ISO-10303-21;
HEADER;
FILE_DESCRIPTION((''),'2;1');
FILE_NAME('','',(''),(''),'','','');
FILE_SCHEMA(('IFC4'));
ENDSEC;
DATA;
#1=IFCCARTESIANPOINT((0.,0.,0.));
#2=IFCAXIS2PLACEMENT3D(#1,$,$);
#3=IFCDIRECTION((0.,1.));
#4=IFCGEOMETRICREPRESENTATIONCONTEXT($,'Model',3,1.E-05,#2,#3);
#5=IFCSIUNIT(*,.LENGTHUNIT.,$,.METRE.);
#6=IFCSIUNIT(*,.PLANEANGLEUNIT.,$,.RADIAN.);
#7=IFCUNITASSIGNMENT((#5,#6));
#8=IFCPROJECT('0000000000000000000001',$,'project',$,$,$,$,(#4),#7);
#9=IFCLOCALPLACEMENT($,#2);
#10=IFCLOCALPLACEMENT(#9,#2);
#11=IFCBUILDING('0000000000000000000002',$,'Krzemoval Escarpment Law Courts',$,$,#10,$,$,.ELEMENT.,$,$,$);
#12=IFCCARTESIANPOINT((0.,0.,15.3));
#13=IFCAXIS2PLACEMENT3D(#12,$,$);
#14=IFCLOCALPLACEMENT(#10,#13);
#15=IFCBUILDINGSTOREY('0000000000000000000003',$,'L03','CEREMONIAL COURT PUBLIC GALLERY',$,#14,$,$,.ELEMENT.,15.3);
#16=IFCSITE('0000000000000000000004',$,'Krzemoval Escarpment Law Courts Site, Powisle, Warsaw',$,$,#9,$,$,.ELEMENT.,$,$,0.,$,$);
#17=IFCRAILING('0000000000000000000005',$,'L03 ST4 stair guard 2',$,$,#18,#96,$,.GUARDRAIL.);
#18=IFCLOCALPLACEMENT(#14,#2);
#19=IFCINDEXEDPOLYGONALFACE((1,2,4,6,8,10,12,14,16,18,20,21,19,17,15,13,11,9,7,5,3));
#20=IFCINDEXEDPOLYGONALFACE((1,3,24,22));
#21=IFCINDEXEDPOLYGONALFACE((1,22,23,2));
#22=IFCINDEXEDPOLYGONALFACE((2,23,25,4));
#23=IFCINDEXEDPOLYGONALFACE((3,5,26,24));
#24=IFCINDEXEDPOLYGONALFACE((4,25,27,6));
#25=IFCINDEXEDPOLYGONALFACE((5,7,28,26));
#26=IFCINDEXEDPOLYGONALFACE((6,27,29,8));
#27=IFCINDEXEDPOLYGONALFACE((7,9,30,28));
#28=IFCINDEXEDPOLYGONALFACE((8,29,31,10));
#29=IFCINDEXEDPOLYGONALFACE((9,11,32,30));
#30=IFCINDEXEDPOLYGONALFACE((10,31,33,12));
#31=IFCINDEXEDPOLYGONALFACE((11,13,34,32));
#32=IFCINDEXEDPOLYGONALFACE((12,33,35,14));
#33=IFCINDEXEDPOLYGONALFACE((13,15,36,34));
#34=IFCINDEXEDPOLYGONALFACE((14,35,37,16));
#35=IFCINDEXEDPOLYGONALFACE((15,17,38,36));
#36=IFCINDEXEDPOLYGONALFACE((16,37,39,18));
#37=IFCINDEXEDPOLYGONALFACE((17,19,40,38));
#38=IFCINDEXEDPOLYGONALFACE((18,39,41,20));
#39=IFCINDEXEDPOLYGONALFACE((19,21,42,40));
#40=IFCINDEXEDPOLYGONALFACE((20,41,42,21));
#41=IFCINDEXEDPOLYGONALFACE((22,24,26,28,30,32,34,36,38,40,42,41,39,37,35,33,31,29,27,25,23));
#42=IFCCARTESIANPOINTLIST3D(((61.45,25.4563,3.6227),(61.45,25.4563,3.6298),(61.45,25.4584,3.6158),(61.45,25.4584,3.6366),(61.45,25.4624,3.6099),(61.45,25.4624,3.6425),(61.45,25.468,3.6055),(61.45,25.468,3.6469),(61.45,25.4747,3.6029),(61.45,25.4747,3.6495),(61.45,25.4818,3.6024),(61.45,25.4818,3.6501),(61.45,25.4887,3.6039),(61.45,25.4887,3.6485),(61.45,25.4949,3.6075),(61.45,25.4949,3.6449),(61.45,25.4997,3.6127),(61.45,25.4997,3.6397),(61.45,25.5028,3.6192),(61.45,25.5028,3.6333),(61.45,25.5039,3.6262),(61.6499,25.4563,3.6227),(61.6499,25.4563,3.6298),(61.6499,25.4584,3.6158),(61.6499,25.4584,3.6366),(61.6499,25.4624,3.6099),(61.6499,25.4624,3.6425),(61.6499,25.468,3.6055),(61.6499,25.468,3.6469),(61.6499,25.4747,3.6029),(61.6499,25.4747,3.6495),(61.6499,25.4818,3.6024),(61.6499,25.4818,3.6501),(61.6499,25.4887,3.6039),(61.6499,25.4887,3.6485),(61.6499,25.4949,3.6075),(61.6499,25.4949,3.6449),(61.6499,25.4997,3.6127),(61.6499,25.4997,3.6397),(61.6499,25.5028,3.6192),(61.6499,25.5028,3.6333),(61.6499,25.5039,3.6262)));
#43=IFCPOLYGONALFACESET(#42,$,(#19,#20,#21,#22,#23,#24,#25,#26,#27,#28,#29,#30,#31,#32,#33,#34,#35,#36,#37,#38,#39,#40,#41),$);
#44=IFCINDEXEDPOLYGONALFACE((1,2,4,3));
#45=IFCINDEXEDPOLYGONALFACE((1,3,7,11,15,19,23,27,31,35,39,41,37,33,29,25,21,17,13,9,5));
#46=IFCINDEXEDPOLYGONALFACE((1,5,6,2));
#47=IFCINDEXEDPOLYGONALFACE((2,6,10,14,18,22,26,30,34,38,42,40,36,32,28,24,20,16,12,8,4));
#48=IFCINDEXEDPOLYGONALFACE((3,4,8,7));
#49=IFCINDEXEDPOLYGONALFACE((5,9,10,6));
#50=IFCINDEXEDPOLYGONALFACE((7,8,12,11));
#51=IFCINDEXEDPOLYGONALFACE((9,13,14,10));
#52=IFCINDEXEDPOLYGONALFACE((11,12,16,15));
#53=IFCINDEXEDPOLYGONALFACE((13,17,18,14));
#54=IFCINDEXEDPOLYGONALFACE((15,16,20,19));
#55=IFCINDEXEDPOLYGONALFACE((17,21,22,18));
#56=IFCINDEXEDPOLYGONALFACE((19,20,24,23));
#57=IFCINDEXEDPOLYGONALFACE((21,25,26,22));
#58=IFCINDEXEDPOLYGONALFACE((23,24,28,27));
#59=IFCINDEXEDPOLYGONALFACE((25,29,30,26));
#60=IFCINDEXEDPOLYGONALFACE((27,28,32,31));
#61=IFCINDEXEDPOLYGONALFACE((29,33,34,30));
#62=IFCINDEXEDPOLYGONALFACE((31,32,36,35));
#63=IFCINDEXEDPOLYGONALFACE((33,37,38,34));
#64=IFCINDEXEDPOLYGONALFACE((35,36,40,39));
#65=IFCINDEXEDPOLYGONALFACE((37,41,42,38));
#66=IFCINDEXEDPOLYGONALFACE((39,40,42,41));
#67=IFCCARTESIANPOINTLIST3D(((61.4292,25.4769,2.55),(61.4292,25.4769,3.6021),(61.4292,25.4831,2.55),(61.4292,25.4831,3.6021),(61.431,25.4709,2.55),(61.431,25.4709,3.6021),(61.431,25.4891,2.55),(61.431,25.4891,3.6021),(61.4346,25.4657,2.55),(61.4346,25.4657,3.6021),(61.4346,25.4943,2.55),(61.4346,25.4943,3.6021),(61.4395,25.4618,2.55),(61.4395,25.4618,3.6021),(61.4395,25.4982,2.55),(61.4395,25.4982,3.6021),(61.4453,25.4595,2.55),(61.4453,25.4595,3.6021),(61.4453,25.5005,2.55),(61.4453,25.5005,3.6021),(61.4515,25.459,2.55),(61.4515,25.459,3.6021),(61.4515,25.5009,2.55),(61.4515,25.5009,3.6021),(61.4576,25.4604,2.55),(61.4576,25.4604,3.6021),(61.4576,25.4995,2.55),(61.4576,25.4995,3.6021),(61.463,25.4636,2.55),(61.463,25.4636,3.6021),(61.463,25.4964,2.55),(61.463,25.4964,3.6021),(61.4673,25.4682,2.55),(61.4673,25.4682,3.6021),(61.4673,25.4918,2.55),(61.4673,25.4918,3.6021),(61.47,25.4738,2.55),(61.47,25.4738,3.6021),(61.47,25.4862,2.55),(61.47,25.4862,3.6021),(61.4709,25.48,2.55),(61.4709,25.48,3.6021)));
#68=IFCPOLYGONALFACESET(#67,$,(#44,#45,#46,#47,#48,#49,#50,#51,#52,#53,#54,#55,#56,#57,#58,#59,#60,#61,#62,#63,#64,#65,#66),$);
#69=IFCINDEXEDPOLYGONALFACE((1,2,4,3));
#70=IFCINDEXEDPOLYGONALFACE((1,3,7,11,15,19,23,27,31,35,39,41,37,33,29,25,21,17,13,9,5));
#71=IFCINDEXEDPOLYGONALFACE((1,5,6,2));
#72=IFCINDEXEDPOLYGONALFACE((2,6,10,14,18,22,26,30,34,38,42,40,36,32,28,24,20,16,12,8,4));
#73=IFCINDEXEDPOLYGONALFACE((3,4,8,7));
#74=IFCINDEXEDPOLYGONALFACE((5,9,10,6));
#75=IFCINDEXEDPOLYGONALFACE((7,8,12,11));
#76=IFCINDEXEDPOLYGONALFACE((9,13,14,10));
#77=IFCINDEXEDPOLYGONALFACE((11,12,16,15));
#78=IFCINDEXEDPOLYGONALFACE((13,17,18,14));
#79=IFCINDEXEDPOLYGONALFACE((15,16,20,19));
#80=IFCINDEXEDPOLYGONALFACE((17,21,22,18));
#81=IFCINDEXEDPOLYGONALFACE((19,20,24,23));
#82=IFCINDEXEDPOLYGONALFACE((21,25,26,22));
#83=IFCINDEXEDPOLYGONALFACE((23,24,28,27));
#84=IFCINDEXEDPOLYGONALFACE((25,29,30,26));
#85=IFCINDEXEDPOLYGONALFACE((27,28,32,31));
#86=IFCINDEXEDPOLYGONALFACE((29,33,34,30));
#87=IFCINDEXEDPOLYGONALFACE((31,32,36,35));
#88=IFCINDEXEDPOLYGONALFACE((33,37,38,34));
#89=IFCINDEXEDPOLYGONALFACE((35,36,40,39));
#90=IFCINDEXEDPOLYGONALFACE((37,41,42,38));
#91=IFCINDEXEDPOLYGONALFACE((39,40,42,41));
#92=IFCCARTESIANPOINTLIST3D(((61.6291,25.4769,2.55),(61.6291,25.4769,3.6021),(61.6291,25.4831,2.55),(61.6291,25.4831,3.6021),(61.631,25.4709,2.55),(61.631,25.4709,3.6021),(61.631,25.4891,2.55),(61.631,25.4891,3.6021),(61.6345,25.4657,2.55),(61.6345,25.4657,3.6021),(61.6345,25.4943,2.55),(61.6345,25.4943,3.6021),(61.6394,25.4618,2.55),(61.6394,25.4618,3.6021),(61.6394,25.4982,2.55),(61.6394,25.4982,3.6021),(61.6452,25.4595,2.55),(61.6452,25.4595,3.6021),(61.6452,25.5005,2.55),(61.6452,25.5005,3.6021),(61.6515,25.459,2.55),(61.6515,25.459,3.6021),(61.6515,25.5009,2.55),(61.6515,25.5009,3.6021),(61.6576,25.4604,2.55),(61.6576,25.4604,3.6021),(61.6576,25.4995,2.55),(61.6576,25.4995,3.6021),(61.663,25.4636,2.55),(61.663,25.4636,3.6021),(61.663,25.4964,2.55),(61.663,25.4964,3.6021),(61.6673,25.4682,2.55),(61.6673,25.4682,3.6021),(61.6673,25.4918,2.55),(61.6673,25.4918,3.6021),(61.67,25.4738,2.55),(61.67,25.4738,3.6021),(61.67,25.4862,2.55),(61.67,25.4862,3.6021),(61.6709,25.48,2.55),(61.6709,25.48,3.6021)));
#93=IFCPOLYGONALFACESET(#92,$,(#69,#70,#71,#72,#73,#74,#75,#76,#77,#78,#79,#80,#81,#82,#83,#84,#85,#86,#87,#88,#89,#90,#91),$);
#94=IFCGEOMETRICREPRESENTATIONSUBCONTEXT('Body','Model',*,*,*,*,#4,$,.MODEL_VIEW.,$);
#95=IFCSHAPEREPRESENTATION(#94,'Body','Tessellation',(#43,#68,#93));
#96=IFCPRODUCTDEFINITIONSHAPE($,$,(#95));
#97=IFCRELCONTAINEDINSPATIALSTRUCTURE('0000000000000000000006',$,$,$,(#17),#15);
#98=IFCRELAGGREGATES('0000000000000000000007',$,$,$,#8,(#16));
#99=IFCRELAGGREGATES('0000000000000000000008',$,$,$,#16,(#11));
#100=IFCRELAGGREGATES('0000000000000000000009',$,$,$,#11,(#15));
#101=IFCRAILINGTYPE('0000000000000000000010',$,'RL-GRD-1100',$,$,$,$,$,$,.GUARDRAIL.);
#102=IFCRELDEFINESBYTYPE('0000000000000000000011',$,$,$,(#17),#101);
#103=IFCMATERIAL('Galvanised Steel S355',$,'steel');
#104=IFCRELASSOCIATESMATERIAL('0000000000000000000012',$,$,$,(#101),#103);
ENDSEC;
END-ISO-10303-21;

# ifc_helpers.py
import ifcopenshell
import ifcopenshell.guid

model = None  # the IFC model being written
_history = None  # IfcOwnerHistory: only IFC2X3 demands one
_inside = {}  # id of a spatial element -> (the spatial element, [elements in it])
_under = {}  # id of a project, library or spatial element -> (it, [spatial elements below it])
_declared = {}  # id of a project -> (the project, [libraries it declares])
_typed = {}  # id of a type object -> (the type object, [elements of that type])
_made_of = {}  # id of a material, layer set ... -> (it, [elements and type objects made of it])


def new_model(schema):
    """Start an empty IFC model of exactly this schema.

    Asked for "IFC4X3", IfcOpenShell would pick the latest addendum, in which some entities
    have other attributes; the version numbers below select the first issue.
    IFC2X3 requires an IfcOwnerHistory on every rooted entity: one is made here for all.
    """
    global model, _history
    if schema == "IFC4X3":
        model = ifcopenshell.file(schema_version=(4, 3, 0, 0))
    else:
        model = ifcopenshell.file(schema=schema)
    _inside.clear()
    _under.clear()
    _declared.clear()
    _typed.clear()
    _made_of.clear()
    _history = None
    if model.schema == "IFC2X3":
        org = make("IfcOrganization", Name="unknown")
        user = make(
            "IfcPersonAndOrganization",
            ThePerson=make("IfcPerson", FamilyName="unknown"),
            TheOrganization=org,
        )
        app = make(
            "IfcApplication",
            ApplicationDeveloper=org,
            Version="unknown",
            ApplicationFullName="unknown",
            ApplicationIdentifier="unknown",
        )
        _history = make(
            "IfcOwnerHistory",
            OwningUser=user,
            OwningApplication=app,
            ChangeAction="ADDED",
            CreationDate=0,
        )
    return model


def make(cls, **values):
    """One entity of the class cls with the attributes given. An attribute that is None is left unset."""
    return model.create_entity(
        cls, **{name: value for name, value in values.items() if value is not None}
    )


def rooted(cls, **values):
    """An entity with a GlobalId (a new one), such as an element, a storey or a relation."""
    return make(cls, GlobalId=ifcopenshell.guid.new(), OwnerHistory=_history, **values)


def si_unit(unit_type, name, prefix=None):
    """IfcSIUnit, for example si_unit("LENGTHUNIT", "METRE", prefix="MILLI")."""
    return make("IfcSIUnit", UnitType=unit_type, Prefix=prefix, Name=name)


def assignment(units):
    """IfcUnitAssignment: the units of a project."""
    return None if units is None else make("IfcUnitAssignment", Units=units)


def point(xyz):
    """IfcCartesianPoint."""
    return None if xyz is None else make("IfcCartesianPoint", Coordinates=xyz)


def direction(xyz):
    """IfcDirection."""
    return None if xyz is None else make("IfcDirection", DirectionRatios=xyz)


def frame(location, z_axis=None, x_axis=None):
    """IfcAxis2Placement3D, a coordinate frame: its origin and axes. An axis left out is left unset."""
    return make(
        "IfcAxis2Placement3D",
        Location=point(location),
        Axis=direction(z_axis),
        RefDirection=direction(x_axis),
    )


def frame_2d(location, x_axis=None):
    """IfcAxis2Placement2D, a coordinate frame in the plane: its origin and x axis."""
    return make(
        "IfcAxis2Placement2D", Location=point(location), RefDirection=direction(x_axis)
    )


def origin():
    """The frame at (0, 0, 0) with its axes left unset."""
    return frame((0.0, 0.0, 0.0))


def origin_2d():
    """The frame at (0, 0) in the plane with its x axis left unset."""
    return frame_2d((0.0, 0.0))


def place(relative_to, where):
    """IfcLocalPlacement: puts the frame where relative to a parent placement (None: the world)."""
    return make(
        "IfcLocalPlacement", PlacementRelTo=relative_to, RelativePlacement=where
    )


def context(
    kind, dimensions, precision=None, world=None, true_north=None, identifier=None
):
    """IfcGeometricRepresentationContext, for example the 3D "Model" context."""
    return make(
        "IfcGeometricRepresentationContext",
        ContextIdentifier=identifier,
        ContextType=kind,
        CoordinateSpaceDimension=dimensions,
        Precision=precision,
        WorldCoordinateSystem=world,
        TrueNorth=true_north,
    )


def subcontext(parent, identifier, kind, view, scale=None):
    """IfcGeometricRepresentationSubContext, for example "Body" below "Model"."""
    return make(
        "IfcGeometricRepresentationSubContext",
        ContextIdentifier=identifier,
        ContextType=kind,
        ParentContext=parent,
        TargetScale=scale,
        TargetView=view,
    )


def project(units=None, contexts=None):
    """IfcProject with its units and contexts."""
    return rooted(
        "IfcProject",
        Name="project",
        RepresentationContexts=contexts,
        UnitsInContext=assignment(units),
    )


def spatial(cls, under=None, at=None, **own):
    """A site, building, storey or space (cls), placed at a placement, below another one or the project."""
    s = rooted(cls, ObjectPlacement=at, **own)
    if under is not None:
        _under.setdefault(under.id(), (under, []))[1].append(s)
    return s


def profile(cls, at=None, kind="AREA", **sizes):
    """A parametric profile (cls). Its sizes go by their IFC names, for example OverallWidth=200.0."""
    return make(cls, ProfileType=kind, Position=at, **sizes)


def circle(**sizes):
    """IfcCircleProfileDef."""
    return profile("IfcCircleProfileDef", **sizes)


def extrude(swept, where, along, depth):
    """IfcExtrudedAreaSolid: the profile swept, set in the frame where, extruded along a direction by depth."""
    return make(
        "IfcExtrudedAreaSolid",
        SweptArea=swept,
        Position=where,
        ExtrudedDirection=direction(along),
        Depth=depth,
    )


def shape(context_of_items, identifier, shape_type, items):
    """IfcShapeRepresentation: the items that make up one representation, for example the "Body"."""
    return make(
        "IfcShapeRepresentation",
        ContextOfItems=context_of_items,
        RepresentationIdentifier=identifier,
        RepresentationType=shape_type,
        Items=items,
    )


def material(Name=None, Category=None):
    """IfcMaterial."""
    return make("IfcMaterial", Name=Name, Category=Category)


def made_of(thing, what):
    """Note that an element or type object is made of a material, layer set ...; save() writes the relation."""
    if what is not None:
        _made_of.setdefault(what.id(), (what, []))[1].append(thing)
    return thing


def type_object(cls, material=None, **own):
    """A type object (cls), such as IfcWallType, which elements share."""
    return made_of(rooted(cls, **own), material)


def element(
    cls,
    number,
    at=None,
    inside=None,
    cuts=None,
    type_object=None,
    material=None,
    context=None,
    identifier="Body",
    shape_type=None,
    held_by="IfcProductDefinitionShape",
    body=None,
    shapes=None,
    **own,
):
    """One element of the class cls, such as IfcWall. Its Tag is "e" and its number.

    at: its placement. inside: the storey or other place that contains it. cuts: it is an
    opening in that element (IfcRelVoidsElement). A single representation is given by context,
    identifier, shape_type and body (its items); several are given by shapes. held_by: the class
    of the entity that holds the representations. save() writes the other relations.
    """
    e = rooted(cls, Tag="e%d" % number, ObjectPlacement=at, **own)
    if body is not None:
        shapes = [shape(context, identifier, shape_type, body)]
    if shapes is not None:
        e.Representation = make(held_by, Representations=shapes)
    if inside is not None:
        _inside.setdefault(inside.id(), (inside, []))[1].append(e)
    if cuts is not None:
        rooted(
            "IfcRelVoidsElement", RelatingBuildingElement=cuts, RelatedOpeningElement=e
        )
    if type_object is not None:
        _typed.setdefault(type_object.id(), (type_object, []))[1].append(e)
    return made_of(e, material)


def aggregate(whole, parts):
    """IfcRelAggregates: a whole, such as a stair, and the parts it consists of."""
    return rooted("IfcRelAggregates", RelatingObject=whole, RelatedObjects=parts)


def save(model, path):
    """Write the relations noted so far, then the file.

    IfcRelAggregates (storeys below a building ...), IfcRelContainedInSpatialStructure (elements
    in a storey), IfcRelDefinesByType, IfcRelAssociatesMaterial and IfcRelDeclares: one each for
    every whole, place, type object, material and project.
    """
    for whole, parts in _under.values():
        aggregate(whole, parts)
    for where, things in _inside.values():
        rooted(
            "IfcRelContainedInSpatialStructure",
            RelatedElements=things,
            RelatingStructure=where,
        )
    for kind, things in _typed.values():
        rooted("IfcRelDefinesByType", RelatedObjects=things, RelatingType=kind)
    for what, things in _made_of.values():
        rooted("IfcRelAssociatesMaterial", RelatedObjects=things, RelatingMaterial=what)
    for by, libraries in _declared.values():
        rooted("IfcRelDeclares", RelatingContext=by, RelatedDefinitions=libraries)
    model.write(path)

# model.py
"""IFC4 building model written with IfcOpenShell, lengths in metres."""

from ifc_helpers import new_model, si_unit, direction, frame, origin, origin_2d, place, context, subcontext, project, spatial, circle, extrude, material, type_object, element, save


model = new_model("IFC4")

# Units and contexts
model_context = context("Model", 3, precision=1e-05, world=origin(), true_north=direction((0.0, 1.0)))
body_context = subcontext(model_context, "Body", "Model", "MODEL_VIEW")
ifc_project = project(units=[si_unit("LENGTHUNIT", "METRE"), si_unit("PLANEANGLEUNIT", "RADIAN")], contexts=[model_context])

# Site, building, storey
site_placement = place(None, origin())
site = spatial("IfcSite", under=ifc_project, at=site_placement, Name="Krzemoval Escarpment Law Courts Site, Powisle, Warsaw", CompositionType="ELEMENT", RefElevation=0.0)
building_placement = place(site_placement, origin())
building = spatial("IfcBuilding", under=site, at=building_placement, Name="Krzemoval Escarpment Law Courts", CompositionType="ELEMENT")
storey_placement = place(building_placement, frame((0.0, 0.0, 15.3)))
storey = spatial("IfcBuildingStorey", under=building, at=storey_placement, Name="L03", Description="CEREMONIAL COURT PUBLIC GALLERY", CompositionType="ELEMENT", Elevation=15.3)

# Railing
ifc_material_1 = material(Name="Galvanised Steel S355", Category="steel")
railing_type = type_object("IfcRailingType", Name="RL-GRD-1100", PredefinedType="GUARDRAIL", material=ifc_material_1)
railing_placement = place(storey_placement, frame((61.45, 25.48, 2.55)))
element("IfcRailing", 1, at=railing_placement, inside=storey, type_object=railing_type, Name="L03 ST4 stair guard 2", PredefinedType="GUARDRAIL", context=body_context, shape_type="SweptSolid", body=[
    extrude(circle(Radius=0.0239, at=origin_2d()), frame((0.0, 0.0, 1.0762), z_axis=(1.0, 0.0, 0.0), x_axis=(0.0, 1.0, 0.0)), (0.0, 0.0, 1.0), 0.2),
    extrude(circle(Radius=0.021, at=origin_2d()), origin(), (0.0, 0.0, 1.0), 1.052),
    extrude(circle(Radius=0.021, at=origin_2d()), frame((0.2, 0.0, 0.0)), (0.0, 0.0, 1.0), 1.052),
])

save(model, "model.ifc")
